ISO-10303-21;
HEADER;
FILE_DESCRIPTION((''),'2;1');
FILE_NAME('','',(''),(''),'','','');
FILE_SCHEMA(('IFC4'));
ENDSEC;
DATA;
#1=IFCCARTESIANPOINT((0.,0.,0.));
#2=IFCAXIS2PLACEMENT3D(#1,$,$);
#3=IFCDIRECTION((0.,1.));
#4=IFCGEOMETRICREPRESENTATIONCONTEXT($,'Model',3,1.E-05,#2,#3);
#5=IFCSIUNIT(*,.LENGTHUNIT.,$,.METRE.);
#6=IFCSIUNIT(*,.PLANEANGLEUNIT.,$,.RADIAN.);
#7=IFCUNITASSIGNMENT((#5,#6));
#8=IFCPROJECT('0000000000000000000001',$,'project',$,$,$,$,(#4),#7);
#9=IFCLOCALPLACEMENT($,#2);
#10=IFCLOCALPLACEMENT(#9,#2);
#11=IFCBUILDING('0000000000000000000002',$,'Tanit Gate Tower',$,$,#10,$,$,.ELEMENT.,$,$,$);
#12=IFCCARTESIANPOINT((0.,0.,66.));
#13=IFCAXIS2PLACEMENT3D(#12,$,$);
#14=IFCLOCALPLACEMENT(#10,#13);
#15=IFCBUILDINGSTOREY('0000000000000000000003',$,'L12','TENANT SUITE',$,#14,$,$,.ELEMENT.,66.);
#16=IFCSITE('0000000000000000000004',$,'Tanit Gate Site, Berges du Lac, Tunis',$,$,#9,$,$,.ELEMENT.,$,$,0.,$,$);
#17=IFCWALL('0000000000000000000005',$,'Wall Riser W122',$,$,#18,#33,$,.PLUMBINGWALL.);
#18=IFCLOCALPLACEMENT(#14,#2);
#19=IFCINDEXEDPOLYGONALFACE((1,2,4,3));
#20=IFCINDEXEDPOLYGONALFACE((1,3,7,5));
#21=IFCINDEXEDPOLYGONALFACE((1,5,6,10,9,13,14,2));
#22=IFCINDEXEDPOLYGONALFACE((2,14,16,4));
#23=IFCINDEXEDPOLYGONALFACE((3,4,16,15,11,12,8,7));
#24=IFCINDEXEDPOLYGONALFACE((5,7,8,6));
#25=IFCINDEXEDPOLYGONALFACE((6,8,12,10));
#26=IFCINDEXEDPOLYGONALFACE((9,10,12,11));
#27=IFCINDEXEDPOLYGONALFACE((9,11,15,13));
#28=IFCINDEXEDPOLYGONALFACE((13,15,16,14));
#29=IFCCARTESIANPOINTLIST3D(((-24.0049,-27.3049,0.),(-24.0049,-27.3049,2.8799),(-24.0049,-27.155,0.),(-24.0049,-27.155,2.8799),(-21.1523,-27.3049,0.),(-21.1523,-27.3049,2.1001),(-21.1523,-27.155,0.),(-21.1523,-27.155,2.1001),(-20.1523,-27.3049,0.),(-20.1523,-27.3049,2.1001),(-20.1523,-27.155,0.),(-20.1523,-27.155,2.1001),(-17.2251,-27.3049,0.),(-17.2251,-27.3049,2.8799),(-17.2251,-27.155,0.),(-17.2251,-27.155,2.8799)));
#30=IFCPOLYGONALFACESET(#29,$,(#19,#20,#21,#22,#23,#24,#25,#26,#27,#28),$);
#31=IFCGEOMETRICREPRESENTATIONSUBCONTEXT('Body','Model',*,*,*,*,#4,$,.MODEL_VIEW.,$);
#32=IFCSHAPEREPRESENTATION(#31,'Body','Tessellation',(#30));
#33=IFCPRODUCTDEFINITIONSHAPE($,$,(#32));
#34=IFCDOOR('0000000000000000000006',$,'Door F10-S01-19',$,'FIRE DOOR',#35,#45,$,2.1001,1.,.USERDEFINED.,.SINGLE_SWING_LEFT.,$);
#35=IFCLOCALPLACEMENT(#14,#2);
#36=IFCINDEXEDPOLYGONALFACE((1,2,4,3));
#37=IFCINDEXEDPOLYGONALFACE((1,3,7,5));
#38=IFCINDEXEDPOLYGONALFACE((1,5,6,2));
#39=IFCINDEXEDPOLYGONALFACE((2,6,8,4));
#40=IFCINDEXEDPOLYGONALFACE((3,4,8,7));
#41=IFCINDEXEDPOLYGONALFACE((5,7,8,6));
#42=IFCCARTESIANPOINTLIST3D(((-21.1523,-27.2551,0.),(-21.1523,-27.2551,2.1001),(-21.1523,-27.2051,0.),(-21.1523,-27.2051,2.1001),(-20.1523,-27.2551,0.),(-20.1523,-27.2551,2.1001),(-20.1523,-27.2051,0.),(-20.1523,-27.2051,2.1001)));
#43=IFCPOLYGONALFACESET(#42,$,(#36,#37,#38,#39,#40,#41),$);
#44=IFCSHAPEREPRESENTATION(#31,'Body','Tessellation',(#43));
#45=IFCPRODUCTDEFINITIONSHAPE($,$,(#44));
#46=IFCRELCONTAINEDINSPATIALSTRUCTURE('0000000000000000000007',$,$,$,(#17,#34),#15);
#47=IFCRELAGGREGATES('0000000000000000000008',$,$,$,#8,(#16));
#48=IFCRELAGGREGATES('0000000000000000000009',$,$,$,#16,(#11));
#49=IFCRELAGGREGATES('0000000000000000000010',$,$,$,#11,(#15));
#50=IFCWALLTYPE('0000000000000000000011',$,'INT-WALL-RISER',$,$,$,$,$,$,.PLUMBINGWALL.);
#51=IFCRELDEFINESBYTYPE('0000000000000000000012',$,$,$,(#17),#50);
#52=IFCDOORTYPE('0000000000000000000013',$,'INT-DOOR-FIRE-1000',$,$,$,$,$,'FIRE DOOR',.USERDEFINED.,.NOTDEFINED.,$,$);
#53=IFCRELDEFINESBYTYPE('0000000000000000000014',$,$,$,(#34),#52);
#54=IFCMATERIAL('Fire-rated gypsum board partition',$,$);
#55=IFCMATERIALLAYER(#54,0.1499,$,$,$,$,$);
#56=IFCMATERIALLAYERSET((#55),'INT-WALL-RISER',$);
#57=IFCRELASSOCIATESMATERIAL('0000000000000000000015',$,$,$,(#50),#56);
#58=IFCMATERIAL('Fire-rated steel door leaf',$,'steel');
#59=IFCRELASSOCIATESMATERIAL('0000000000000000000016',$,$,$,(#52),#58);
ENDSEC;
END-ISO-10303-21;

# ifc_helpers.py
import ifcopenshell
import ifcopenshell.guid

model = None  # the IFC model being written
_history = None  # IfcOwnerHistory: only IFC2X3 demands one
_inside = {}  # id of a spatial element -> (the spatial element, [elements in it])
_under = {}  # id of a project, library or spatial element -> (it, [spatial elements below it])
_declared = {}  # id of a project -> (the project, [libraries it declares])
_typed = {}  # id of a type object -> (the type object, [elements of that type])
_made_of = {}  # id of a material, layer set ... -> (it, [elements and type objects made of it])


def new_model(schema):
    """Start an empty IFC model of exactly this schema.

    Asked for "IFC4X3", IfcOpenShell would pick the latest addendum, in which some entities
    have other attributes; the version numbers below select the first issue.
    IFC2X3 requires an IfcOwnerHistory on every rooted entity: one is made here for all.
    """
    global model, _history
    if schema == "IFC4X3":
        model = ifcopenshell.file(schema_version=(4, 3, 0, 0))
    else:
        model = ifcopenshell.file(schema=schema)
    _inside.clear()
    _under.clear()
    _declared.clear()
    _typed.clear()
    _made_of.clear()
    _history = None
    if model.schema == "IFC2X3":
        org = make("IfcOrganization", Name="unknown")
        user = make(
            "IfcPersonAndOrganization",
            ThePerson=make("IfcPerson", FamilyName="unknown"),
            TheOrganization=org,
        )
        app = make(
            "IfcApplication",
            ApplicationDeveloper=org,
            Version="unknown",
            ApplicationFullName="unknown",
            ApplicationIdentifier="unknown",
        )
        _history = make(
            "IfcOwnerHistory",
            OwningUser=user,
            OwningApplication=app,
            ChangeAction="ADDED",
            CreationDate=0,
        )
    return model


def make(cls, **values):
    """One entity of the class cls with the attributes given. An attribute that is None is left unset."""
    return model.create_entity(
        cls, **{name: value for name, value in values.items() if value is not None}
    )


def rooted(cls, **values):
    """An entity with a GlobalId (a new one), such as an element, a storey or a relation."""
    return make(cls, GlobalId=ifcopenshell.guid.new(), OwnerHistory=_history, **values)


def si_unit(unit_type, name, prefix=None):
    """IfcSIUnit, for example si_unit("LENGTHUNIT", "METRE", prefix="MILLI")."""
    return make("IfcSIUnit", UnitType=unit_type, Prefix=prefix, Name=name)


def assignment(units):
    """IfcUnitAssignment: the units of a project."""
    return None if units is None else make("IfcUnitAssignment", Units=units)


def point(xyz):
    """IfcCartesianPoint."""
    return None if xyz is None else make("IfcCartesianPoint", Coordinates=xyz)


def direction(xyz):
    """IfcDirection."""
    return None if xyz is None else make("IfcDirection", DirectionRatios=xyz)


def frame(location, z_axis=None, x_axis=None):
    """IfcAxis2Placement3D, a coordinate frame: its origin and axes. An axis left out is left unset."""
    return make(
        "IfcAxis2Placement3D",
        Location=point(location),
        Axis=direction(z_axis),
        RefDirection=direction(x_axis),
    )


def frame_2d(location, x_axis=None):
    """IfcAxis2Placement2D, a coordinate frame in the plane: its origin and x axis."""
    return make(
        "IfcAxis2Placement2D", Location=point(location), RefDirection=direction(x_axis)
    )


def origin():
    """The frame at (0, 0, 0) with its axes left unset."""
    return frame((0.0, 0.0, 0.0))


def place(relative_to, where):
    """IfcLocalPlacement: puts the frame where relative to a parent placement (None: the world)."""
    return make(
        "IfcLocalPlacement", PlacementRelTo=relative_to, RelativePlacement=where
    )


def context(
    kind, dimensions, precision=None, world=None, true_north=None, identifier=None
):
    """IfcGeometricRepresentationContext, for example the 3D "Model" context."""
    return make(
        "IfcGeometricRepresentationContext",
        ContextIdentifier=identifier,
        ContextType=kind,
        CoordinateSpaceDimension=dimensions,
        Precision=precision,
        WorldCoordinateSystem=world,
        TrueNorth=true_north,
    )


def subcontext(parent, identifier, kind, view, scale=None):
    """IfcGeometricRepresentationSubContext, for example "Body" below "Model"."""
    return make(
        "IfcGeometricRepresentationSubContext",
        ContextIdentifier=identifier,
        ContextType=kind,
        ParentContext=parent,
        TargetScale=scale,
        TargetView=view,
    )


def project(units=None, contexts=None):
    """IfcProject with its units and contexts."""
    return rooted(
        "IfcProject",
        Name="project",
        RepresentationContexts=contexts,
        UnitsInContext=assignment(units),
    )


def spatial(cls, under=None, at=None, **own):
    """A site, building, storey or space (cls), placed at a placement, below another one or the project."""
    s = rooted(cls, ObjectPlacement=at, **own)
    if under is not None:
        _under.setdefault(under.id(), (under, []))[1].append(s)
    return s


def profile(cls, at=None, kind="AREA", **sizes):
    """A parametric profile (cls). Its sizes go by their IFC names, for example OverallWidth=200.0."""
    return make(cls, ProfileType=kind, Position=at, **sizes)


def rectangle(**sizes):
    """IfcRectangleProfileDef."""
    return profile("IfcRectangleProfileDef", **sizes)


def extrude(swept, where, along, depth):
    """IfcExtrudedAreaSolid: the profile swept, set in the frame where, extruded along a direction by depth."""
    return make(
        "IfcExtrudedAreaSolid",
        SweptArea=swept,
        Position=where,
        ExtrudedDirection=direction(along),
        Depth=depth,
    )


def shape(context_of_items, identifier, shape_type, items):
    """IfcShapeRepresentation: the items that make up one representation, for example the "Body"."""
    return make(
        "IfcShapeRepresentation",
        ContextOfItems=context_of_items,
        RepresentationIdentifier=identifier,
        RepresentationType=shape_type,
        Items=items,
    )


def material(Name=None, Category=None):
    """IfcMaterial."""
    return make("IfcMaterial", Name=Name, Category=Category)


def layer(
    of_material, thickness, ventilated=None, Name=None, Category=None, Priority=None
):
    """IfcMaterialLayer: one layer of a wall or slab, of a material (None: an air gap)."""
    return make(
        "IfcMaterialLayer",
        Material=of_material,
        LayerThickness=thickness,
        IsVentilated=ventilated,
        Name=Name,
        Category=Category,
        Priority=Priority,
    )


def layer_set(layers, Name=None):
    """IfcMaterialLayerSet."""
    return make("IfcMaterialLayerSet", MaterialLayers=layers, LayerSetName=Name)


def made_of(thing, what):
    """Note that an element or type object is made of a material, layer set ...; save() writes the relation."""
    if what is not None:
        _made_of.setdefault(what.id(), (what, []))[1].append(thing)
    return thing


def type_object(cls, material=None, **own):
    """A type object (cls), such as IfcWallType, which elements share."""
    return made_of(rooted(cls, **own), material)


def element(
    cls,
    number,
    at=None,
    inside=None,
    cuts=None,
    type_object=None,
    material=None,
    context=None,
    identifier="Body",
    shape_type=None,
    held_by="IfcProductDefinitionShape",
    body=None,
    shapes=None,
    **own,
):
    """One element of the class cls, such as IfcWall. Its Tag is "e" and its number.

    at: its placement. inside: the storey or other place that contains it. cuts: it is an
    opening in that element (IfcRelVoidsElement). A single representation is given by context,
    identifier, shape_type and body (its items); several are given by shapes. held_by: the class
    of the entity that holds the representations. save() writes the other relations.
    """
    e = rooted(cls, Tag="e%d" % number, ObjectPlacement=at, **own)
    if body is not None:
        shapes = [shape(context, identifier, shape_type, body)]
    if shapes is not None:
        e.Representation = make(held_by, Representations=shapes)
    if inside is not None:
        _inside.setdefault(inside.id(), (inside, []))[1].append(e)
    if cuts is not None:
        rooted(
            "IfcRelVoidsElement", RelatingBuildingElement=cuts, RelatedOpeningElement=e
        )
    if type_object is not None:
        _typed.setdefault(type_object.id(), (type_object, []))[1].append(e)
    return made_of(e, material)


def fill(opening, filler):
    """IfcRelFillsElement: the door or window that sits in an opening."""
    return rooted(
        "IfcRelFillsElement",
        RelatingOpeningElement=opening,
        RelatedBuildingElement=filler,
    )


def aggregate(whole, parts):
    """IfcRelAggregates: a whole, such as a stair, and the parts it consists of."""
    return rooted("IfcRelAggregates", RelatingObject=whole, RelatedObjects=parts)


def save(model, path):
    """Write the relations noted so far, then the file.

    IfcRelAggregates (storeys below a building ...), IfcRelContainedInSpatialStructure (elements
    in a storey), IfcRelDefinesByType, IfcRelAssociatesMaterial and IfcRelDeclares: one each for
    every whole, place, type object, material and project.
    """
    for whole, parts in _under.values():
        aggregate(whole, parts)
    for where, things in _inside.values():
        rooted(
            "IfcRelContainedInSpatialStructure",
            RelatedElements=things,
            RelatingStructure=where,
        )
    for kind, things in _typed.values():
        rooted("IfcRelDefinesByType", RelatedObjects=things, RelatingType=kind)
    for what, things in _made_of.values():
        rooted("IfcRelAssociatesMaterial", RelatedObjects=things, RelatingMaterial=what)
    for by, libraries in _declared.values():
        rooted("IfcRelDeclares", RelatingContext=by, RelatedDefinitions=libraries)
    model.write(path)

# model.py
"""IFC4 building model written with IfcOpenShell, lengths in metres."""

from ifc_helpers import new_model, si_unit, direction, frame, frame_2d, origin, place, context, subcontext, project, spatial, rectangle, extrude, material, layer, layer_set, type_object, element, fill, save


model = new_model("IFC4")

# Units and contexts
model_context = context("Model", 3, precision=1e-05, world=origin(), true_north=direction((0.0, 1.0)))
body_context = subcontext(model_context, "Body", "Model", "MODEL_VIEW")
ifc_project = project(units=[si_unit("LENGTHUNIT", "METRE"), si_unit("PLANEANGLEUNIT", "RADIAN")], contexts=[model_context])

# Site, building, storey
site_placement = place(None, origin())
site = spatial("IfcSite", under=ifc_project, at=site_placement, Name="Tanit Gate Site, Berges du Lac, Tunis", CompositionType="ELEMENT", RefElevation=0.0)
building_placement = place(site_placement, origin())
building = spatial("IfcBuilding", under=site, at=building_placement, Name="Tanit Gate Tower", CompositionType="ELEMENT")
storey_placement = place(building_placement, frame((0.0, 0.0, 66.0)))
storey = spatial("IfcBuildingStorey", under=building, at=storey_placement, Name="L12", Description="TENANT SUITE", CompositionType="ELEMENT", Elevation=66.0)

# Shared definitions
ifc_material_1 = material(Name="Fire-rated gypsum board partition")
ifc_layer_1 = layer(ifc_material_1, 0.1499)
ifc_layer_set_1 = layer_set([ifc_layer_1], Name="INT-WALL-RISER")
wall_type_1 = type_object("IfcWallType", Name="INT-WALL-RISER", PredefinedType="PLUMBINGWALL", material=ifc_layer_set_1)

# Wall, opening, door
wall_1_placement = place(storey_placement, frame((-24.0049, -27.23, 0.0), z_axis=(0.0, 0.0, 1.0), x_axis=(1.0, 0.0, 0.0)))
wall_1 = element("IfcWall", 1, at=wall_1_placement, inside=storey, type_object=wall_type_1, Name="Wall Riser W122", PredefinedType="PLUMBINGWALL", context=body_context, shape_type="SweptSolid", body=[
    extrude(rectangle(XDim=6.7798, YDim=0.1499, at=frame_2d((3.3899, 0.0))), origin(), (0.0, 0.0, 1.0), 2.8799),
])
opening_placement = place(wall_1_placement, frame((2.8525, 0.0, 0.0)))
opening = element("IfcOpeningElement", 2, at=opening_placement, cuts=wall_1, PredefinedType="OPENING", context=body_context, shape_type="SweptSolid", body=[
    extrude(rectangle(XDim=1.0, YDim=2.1001, at=frame_2d((0.5, 1.05))), frame((0.0, 0.085, 0.0), z_axis=(0.0, -1.0, 0.0), x_axis=(1.0, 0.0, 0.0)), (0.0, 0.0, 1.0), 0.1699),
])
ifc_material_2 = material(Name="Fire-rated steel door leaf", Category="steel")
door_type = type_object("IfcDoorType", Name="INT-DOOR-FIRE-1000", ElementType="FIRE DOOR", OperationType="NOTDEFINED", PredefinedType="USERDEFINED", material=ifc_material_2)
door_placement = place(opening_placement, origin())
door = element("IfcDoor", 3, at=door_placement, inside=storey, type_object=door_type, Name="Door F10-S01-19", ObjectType="FIRE DOOR", OperationType="SINGLE_SWING_LEFT", OverallHeight=2.1001, OverallWidth=1.0, PredefinedType="USERDEFINED", context=body_context, shape_type="SweptSolid", body=[
    extrude(rectangle(XDim=1.0, YDim=2.1001, at=frame_2d((0.5, 1.05))), frame((0.0, 0.0249, 0.0), z_axis=(0.0, -1.0, 0.0), x_axis=(1.0, 0.0, 0.0)), (0.0, 0.0, 1.0), 0.05),
])
fill(opening, door)

save(model, "model.ifc")
